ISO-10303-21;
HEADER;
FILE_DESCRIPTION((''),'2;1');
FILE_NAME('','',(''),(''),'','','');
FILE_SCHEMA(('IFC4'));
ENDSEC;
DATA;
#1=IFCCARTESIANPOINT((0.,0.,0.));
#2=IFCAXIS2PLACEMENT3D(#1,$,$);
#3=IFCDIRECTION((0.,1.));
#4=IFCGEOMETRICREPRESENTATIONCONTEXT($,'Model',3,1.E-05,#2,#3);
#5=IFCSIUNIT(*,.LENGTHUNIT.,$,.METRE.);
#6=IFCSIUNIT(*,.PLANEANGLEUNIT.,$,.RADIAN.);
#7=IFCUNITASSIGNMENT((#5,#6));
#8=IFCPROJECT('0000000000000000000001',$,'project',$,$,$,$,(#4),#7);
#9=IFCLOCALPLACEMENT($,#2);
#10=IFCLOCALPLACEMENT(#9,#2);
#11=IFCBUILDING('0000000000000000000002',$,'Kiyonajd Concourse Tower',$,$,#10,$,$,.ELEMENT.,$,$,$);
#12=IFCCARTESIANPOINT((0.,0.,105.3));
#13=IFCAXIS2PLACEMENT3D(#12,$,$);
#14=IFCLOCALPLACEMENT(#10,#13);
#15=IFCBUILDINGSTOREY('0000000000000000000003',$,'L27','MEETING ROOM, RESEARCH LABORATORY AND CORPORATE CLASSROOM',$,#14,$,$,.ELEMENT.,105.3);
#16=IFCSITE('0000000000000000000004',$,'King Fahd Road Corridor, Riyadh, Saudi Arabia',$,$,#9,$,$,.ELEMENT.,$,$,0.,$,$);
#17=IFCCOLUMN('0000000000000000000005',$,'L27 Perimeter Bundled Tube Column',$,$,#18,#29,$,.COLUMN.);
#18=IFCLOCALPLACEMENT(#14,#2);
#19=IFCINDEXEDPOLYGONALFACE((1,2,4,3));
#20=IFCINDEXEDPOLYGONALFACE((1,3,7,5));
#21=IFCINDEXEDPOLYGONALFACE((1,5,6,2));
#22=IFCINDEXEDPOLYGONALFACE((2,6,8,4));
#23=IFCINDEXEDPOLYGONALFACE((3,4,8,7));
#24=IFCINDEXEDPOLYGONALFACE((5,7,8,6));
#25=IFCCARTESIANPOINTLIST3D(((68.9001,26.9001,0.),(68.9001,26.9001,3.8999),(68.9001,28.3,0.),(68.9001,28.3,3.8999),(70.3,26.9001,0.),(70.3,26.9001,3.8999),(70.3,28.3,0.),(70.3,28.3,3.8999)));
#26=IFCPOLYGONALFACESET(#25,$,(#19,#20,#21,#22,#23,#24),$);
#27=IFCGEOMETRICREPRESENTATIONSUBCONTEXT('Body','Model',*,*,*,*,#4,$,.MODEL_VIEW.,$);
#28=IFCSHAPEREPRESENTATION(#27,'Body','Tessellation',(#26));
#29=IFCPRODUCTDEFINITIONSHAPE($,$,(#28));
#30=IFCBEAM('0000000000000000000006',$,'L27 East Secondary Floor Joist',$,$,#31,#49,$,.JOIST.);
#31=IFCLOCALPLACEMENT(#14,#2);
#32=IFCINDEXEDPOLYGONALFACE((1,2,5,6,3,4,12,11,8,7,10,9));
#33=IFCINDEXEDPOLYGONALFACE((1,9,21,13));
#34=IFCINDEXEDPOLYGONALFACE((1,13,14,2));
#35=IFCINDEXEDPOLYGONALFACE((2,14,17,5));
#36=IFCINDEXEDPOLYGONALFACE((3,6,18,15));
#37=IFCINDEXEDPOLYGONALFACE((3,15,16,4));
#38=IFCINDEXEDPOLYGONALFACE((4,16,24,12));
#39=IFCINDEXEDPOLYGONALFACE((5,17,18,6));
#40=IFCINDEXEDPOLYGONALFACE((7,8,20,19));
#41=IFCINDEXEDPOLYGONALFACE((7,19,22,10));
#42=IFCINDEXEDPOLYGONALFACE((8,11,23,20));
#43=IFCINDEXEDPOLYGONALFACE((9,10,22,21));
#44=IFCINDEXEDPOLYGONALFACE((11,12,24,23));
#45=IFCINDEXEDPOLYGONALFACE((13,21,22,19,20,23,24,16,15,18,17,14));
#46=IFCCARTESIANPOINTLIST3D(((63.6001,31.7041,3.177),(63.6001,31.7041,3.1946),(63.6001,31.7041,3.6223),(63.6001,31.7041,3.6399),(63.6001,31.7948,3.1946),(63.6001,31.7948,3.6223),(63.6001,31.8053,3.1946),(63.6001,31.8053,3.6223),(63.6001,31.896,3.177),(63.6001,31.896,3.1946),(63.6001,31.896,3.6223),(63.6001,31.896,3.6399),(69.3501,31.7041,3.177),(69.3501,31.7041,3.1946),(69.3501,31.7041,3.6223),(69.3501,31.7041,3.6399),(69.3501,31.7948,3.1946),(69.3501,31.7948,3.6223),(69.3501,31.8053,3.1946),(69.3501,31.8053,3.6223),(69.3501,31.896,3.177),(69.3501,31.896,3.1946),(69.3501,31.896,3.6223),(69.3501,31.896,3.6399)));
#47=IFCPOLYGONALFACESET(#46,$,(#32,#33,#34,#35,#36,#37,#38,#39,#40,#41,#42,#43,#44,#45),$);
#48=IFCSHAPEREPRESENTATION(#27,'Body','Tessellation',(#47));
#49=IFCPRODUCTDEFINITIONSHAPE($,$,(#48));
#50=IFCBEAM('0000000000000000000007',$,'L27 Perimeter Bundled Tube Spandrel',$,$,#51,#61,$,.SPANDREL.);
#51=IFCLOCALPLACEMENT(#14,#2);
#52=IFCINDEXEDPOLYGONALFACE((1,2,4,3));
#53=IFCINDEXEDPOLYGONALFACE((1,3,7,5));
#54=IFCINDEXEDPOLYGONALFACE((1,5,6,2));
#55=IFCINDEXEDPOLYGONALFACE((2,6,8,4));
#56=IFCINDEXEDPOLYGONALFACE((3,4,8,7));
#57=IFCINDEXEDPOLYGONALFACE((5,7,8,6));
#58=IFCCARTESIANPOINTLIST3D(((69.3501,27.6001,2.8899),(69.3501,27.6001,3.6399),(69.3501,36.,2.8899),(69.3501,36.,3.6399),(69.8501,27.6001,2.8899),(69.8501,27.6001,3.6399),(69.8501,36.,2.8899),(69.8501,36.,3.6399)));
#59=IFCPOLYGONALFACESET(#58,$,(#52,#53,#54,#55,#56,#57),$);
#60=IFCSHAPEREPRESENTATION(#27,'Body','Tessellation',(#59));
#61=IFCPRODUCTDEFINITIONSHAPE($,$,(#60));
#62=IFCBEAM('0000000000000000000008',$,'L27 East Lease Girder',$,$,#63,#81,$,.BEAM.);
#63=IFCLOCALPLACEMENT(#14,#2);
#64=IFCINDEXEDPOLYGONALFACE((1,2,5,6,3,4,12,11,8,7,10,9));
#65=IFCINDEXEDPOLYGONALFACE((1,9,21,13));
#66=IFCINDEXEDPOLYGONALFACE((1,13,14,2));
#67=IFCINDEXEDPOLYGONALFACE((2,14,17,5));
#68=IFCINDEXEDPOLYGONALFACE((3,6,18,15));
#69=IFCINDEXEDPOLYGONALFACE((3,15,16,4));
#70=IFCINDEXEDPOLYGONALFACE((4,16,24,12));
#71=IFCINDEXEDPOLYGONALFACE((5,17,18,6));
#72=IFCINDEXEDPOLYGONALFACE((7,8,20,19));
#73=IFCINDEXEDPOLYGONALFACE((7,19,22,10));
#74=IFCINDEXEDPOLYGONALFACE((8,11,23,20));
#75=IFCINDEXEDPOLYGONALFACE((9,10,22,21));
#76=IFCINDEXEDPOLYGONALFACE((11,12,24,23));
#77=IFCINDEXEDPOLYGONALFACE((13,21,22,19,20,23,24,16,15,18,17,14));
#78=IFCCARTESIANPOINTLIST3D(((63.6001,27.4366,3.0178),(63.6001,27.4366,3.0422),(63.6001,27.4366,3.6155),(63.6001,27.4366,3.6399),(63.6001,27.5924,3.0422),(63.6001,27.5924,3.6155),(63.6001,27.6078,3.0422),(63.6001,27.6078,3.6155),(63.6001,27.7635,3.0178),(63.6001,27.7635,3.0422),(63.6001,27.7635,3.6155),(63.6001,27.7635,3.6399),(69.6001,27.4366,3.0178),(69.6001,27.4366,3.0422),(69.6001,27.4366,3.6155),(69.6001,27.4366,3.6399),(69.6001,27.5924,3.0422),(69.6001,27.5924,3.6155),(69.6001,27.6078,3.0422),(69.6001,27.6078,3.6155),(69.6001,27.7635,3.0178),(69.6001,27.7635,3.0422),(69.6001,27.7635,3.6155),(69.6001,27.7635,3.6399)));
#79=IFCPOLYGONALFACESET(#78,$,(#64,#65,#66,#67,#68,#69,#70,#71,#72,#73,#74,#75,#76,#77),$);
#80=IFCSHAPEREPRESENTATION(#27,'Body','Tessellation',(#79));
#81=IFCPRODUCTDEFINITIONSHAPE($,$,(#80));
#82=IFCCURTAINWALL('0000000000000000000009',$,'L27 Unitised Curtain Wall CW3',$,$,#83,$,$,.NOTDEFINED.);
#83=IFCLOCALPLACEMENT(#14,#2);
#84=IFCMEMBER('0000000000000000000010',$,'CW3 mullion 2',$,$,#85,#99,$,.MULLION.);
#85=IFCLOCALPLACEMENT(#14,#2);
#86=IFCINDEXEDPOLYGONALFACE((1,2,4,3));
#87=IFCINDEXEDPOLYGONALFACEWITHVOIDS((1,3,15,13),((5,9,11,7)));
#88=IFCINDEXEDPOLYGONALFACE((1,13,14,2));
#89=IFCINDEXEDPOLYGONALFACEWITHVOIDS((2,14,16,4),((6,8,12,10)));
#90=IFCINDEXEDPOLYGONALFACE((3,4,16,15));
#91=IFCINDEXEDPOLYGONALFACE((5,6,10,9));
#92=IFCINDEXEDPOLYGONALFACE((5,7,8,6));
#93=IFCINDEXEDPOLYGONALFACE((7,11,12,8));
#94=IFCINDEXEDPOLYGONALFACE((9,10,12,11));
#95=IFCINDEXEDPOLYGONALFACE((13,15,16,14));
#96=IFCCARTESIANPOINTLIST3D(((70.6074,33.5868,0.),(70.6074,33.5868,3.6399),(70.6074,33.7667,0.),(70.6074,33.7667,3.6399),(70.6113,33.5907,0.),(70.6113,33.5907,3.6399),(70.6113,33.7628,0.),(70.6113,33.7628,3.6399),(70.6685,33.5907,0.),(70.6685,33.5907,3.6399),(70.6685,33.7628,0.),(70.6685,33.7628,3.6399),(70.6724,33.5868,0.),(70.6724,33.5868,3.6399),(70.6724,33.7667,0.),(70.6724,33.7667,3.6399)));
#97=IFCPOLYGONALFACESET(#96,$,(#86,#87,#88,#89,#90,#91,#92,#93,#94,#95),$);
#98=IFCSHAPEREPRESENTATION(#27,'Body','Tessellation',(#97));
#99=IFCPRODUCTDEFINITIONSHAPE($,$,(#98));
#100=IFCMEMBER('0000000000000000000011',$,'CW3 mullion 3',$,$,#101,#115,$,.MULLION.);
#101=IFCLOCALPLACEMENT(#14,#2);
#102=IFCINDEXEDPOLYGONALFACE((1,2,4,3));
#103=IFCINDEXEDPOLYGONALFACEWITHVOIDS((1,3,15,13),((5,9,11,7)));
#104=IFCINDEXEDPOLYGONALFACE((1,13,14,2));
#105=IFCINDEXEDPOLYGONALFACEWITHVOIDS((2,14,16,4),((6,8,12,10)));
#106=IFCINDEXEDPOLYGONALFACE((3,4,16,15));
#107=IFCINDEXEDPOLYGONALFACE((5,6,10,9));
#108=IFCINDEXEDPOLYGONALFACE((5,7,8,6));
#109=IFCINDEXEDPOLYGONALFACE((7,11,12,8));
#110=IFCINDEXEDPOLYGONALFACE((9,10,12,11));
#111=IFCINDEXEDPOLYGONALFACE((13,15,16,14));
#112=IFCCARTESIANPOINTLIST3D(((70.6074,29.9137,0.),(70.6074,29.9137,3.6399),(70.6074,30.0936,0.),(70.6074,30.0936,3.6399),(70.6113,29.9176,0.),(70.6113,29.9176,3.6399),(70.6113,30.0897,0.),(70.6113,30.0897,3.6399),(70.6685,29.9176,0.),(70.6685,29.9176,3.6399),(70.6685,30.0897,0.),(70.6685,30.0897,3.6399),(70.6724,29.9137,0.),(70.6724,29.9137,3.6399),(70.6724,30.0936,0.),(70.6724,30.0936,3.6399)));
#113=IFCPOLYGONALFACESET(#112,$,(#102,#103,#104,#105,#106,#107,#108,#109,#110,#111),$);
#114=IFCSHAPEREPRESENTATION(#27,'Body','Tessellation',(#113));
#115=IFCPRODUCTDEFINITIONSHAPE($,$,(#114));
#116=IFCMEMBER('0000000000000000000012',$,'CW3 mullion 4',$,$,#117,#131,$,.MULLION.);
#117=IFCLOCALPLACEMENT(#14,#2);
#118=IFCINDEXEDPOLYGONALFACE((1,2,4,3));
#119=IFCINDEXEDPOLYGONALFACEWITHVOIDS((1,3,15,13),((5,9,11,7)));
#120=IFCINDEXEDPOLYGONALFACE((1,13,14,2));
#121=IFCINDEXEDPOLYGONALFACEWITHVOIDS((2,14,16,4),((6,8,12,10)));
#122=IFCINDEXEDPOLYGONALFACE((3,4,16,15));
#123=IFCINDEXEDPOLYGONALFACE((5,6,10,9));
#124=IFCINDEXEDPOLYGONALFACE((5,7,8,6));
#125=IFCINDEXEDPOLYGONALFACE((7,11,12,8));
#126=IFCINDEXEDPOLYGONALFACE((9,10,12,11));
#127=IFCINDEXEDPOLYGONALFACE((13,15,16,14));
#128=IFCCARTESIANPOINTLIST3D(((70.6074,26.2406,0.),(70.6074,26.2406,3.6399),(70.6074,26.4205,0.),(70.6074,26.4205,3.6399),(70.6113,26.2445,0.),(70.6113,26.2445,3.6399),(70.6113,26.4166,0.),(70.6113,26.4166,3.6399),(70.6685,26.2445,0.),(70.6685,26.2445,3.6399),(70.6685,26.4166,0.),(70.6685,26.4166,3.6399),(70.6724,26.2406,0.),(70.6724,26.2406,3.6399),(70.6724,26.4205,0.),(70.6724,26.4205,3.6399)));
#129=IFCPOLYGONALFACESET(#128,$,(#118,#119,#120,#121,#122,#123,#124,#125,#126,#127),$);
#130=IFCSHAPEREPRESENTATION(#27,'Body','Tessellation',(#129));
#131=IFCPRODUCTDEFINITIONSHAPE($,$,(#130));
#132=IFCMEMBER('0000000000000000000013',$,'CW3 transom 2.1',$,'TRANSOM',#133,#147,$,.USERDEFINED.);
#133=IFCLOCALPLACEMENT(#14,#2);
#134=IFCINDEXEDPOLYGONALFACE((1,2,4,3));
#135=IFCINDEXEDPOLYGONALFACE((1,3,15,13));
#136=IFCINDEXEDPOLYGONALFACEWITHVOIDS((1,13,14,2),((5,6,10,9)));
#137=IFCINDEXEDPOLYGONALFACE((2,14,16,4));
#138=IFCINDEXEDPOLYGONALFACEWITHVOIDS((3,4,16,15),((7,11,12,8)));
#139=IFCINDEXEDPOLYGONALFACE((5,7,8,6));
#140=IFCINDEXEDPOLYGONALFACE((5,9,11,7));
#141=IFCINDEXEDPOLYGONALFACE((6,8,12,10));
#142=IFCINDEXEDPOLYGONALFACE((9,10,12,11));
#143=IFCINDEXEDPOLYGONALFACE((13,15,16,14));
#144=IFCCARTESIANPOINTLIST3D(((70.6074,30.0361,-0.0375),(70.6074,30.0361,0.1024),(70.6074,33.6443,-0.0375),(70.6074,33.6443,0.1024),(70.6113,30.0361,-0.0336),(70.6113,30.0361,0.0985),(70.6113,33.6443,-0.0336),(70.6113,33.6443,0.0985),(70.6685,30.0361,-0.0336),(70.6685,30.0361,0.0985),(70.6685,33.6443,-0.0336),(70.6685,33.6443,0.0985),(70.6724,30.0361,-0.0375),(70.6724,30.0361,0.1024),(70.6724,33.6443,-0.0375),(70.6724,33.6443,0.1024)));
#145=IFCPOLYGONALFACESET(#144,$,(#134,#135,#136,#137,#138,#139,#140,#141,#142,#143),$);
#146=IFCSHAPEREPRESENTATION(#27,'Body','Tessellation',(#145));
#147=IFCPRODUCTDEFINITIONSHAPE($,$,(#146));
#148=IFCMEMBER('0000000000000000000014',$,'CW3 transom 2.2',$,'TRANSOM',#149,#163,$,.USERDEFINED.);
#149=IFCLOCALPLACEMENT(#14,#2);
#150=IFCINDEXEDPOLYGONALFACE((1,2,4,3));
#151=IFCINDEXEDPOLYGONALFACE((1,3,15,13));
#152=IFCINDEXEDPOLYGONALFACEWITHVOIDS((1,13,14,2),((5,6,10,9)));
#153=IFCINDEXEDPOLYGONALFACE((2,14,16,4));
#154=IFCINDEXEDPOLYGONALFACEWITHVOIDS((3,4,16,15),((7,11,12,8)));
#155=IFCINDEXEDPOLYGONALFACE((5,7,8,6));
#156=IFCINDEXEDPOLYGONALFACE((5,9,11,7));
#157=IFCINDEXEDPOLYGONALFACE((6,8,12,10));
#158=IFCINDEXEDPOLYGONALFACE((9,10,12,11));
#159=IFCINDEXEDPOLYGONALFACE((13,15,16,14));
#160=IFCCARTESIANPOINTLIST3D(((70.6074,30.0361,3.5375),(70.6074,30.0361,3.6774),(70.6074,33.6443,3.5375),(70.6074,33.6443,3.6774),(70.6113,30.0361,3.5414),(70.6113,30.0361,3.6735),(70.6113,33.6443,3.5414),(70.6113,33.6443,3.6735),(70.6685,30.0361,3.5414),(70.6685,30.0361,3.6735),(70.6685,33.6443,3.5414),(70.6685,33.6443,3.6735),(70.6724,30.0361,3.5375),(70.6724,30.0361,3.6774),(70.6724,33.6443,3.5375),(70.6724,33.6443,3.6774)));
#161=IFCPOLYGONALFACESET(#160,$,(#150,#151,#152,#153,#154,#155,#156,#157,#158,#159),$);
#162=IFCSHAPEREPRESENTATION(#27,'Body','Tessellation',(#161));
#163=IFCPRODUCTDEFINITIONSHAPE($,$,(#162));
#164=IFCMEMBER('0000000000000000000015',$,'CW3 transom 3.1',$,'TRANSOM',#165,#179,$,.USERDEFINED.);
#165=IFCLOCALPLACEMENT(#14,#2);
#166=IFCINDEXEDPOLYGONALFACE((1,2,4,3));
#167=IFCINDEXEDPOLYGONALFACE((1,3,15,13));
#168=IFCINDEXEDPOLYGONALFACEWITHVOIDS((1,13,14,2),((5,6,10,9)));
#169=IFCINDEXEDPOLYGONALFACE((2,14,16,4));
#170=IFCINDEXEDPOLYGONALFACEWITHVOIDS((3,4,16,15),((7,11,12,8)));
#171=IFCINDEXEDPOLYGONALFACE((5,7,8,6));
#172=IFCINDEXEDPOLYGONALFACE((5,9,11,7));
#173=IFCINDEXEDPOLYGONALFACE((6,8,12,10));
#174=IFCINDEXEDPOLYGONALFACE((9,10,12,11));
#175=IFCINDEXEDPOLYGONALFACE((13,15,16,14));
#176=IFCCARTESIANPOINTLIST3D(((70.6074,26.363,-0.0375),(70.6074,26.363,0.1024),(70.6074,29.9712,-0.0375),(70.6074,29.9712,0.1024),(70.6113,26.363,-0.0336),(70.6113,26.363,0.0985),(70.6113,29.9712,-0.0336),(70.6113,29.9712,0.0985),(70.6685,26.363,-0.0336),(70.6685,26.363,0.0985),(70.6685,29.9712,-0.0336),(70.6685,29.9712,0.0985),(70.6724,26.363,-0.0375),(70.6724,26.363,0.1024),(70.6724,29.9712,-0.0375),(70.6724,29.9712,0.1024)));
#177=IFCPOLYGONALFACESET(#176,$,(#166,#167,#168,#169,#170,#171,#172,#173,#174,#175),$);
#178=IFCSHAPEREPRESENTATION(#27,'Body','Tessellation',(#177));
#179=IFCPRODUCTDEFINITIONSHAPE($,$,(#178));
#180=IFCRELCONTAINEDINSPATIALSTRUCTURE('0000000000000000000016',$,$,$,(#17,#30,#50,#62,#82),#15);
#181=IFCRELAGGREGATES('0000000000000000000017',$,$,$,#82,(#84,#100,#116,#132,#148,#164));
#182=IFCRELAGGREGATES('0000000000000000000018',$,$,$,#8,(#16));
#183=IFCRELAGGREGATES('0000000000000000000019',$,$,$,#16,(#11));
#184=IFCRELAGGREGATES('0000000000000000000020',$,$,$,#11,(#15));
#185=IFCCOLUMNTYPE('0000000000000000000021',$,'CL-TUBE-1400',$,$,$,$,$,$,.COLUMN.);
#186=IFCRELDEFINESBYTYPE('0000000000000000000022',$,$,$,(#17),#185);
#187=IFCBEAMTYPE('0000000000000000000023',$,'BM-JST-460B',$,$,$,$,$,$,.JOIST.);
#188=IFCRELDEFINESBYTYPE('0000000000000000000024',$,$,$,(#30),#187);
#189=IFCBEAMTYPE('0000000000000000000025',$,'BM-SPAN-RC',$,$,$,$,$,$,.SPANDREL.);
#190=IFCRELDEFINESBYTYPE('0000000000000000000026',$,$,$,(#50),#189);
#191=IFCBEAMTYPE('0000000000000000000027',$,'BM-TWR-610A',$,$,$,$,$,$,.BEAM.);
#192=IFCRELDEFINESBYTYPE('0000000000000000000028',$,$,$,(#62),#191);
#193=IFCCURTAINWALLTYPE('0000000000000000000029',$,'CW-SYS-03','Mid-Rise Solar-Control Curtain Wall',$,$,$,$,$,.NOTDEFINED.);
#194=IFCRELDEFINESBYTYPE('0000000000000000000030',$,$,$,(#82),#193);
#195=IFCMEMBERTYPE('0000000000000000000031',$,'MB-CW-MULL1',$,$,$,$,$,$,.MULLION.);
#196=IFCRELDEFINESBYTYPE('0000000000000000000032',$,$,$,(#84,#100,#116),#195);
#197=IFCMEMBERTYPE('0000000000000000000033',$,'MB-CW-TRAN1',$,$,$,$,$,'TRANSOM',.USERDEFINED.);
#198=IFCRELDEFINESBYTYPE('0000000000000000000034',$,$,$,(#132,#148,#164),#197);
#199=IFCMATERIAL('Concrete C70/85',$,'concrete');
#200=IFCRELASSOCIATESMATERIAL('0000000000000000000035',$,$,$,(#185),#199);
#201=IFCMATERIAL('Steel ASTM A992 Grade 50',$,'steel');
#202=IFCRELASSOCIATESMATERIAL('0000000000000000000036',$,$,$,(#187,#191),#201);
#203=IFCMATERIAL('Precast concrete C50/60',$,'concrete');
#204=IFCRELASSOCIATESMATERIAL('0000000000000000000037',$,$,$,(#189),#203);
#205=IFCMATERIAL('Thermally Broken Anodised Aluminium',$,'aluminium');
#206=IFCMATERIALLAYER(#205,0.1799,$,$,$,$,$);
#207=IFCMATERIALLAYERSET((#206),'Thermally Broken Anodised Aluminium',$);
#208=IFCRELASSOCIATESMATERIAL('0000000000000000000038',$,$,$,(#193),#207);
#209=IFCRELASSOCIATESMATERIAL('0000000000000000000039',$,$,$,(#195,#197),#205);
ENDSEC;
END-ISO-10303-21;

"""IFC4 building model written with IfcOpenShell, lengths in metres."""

from ifc_helpers import new_model, si_unit, direction, frame, origin, origin_2d, place, context, subcontext, project, spatial, rectangle, hollow_rectangle, i_section, extrude, material, layer, layer_set, material_profile, profile_set, type_object, element, aggregate, save


model = new_model("IFC4")

# Units and contexts
model_context = context("Model", 3, precision=1e-05, world=origin(), true_north=direction((0.0, 1.0)))
body_context = subcontext(model_context, "Body", "Model", "MODEL_VIEW")
ifc_project = project(units=[si_unit("LENGTHUNIT", "METRE"), si_unit("PLANEANGLEUNIT", "RADIAN")], contexts=[model_context])

# Site, building, storey
site_placement = place(None, origin())
site = spatial("IfcSite", under=ifc_project, at=site_placement, Name="King Fahd Road Corridor, Riyadh, Saudi Arabia", CompositionType="ELEMENT", RefElevation=0.0)
building_placement = place(site_placement, origin())
building = spatial("IfcBuilding", under=site, at=building_placement, Name="Kiyonajd Concourse Tower", CompositionType="ELEMENT")
storey_placement = place(building_placement, frame((0.0, 0.0, 105.3)))
storey = spatial("IfcBuildingStorey", under=building, at=storey_placement, Name="L27", Description="MEETING ROOM, RESEARCH LABORATORY AND CORPORATE CLASSROOM", CompositionType="ELEMENT", Elevation=105.3)

# Column
ifc_material_1 = material(Name="Concrete C70/85", Category="concrete")
ifc_material_profile_1 = material_profile(ifc_material_1, rectangle(XDim=1.3999, YDim=1.3999, at=origin_2d()), Name="RC-1400x1400")
ifc_profile_set_1 = profile_set([ifc_material_profile_1], Name="Concrete C70/85")
column_type = type_object("IfcColumnType", Name="CL-TUBE-1400", PredefinedType="COLUMN", material=ifc_profile_set_1)
column_placement = place(storey_placement, frame((69.6001, 27.6001, 0.0), z_axis=(0.0, 0.0, 1.0), x_axis=(1.0, 0.0, 0.0)))
element("IfcColumn", 1, at=column_placement, inside=storey, type_object=column_type, Name="L27 Perimeter Bundled Tube Column", PredefinedType="COLUMN", context=body_context, shape_type="SweptSolid", body=[
    extrude(rectangle(XDim=1.3999, YDim=1.3999, at=origin_2d()), origin(), (0.0, 0.0, 1.0), 3.8999),
])

# Beams
ifc_material_2 = material(Name="Steel ASTM A992 Grade 50", Category="steel")
ifc_material_profile_2 = material_profile(ifc_material_2, i_section(OverallWidth=0.1919, OverallDepth=0.4629, WebThickness=0.0105, FlangeThickness=0.0176, at=origin_2d()), Name="W460X89")
ifc_profile_set_2 = profile_set([ifc_material_profile_2], Name="Steel ASTM A992 Grade 50")
beam_type_1 = type_object("IfcBeamType", Name="BM-JST-460B", PredefinedType="JOIST", material=ifc_profile_set_2)
beam_1_placement = place(storey_placement, frame((63.6001, 31.8, 3.4084), z_axis=(1.0, 0.0, 0.0), x_axis=(0.0, 1.0, 0.0)))
element("IfcBeam", 2, at=beam_1_placement, inside=storey, type_object=beam_type_1, Name="L27 East Secondary Floor Joist", PredefinedType="JOIST", context=body_context, shape_type="SweptSolid", body=[
    extrude(i_section(OverallWidth=0.1919, OverallDepth=0.4629, WebThickness=0.0105, FlangeThickness=0.0176, at=origin_2d()), origin(), (0.0, 0.0, 1.0), 5.75),
])
ifc_material_3 = material(Name="Precast concrete C50/60", Category="concrete")
ifc_material_profile_3 = material_profile(ifc_material_3, rectangle(XDim=0.5, YDim=0.75, at=origin_2d()), Name="RCBM-500x750")
ifc_profile_set_3 = profile_set([ifc_material_profile_3], Name="Precast concrete C50/60")
beam_type_2 = type_object("IfcBeamType", Name="BM-SPAN-RC", PredefinedType="SPANDREL", material=ifc_profile_set_3)
beam_2_placement = place(storey_placement, frame((69.6001, 27.6001, 3.2649), z_axis=(0.0, 1.0, 0.0), x_axis=(-1.0, 0.0, 0.0)))
element("IfcBeam", 3, at=beam_2_placement, inside=storey, type_object=beam_type_2, Name="L27 Perimeter Bundled Tube Spandrel", PredefinedType="SPANDREL", context=body_context, shape_type="SweptSolid", body=[
    extrude(rectangle(XDim=0.5, YDim=0.75, at=origin_2d()), origin(), (0.0, 0.0, 1.0), 8.3999),
])
ifc_material_profile_4 = material_profile(ifc_material_2, i_section(OverallWidth=0.3269, OverallDepth=0.6221, WebThickness=0.0154, FlangeThickness=0.0244, at=origin_2d()), Name="W610X195")
ifc_profile_set_4 = profile_set([ifc_material_profile_4], Name="Steel ASTM A992 Grade 50")
beam_type_3 = type_object("IfcBeamType", Name="BM-TWR-610A", PredefinedType="BEAM", material=ifc_profile_set_4)
beam_3_placement = place(storey_placement, frame((63.6001, 27.6001, 3.3289), z_axis=(1.0, 0.0, 0.0), x_axis=(0.0, 1.0, 0.0)))
element("IfcBeam", 4, at=beam_3_placement, inside=storey, type_object=beam_type_3, Name="L27 East Lease Girder", PredefinedType="BEAM", context=body_context, shape_type="SweptSolid", body=[
    extrude(i_section(OverallWidth=0.3269, OverallDepth=0.6221, WebThickness=0.0154, FlangeThickness=0.0244, at=origin_2d()), origin(), (0.0, 0.0, 1.0), 6.0),
])

# Curtain wall, members
ifc_material_4 = material(Name="Thermally Broken Anodised Aluminium", Category="aluminium")
ifc_layer_1 = layer(ifc_material_4, 0.1799)
ifc_layer_set_1 = layer_set([ifc_layer_1], Name="Thermally Broken Anodised Aluminium")
curtain_wall_type = type_object("IfcCurtainWallType", Name="CW-SYS-03", Description="Mid-Rise Solar-Control Curtain Wall", PredefinedType="NOTDEFINED", material=ifc_layer_set_1)
curtain_wall_placement = place(storey_placement, origin())
curtain_wall = element("IfcCurtainWall", 5, at=curtain_wall_placement, inside=storey, type_object=curtain_wall_type, Name="L27 Unitised Curtain Wall CW3", PredefinedType="NOTDEFINED")
ifc_material_profile_5 = material_profile(ifc_material_4, hollow_rectangle(XDim=0.0649, YDim=0.1799, WallThickness=0.0039, at=origin_2d()), Name="MULL-65x180")
ifc_profile_set_5 = profile_set([ifc_material_profile_5], Name="Thermally Broken Anodised Aluminium")
member_type_1 = type_object("IfcMemberType", Name="MB-CW-MULL1", PredefinedType="MULLION", material=ifc_profile_set_5)
member_1_placement = place(storey_placement, frame((70.6399, 33.6768, 0.0), z_axis=(0.0, 0.0, 1.0), x_axis=(1.0, 0.0, 0.0)))
member_1 = element("IfcMember", 6, at=member_1_placement, type_object=member_type_1, Name="CW3 mullion 2", PredefinedType="MULLION", context=body_context, shape_type="SweptSolid", body=[
    extrude(hollow_rectangle(XDim=0.0649, YDim=0.1799, WallThickness=0.0039, at=origin_2d()), origin(), (0.0, 0.0, 1.0), 3.6399),
])
member_2_placement = place(storey_placement, frame((70.6399, 30.0037, 0.0), z_axis=(0.0, 0.0, 1.0), x_axis=(1.0, 0.0, 0.0)))
member_2 = element("IfcMember", 7, at=member_2_placement, type_object=member_type_1, Name="CW3 mullion 3", PredefinedType="MULLION", context=body_context, shape_type="SweptSolid", body=[
    extrude(hollow_rectangle(XDim=0.0649, YDim=0.1799, WallThickness=0.0039, at=origin_2d()), origin(), (0.0, 0.0, 1.0), 3.6399),
])
member_3_placement = place(storey_placement, frame((70.6399, 26.3306, 0.0), z_axis=(0.0, 0.0, 1.0), x_axis=(1.0, 0.0, 0.0)))
member_3 = element("IfcMember", 8, at=member_3_placement, type_object=member_type_1, Name="CW3 mullion 4", PredefinedType="MULLION", context=body_context, shape_type="SweptSolid", body=[
    extrude(hollow_rectangle(XDim=0.0649, YDim=0.1799, WallThickness=0.0039, at=origin_2d()), origin(), (0.0, 0.0, 1.0), 3.6399),
])
ifc_material_profile_6 = material_profile(ifc_material_4, hollow_rectangle(XDim=0.0649, YDim=0.1399, WallThickness=0.0039, at=origin_2d()), Name="TRAN-65x140")
ifc_profile_set_6 = profile_set([ifc_material_profile_6], Name="Thermally Broken Anodised Aluminium")
member_type_2 = type_object("IfcMemberType", Name="MB-CW-TRAN1", ElementType="TRANSOM", PredefinedType="USERDEFINED", material=ifc_profile_set_6)
member_4_placement = place(storey_placement, frame((70.6399, 33.6443, 0.0325), z_axis=(0.0, -1.0, 0.0), x_axis=(1.0, 0.0, 0.0)))
member_4 = element("IfcMember", 9, at=member_4_placement, type_object=member_type_2, Name="CW3 transom 2.1", ObjectType="TRANSOM", PredefinedType="USERDEFINED", context=body_context, shape_type="SweptSolid", body=[
    extrude(hollow_rectangle(XDim=0.0649, YDim=0.1399, WallThickness=0.0039, at=origin_2d()), origin(), (0.0, 0.0, 1.0), 3.6082),
])
member_5_placement = place(storey_placement, frame((70.6399, 33.6443, 3.6074), z_axis=(0.0, -1.0, 0.0), x_axis=(1.0, 0.0, 0.0)))
member_5 = element("IfcMember", 10, at=member_5_placement, type_object=member_type_2, Name="CW3 transom 2.2", ObjectType="TRANSOM", PredefinedType="USERDEFINED", context=body_context, shape_type="SweptSolid", body=[
    extrude(hollow_rectangle(XDim=0.0649, YDim=0.1399, WallThickness=0.0039, at=origin_2d()), origin(), (0.0, 0.0, 1.0), 3.6082),
])
member_6_placement = place(storey_placement, frame((70.6399, 29.9712, 0.0325), z_axis=(0.0, -1.0, 0.0), x_axis=(1.0, 0.0, 0.0)))
member_6 = element("IfcMember", 11, at=member_6_placement, type_object=member_type_2, Name="CW3 transom 3.1", ObjectType="TRANSOM", PredefinedType="USERDEFINED", context=body_context, shape_type="SweptSolid", body=[
    extrude(hollow_rectangle(XDim=0.0649, YDim=0.1399, WallThickness=0.0039, at=origin_2d()), origin(), (0.0, 0.0, 1.0), 3.6082),
])
aggregate(curtain_wall, [member_1, member_2, member_3, member_4, member_5, member_6])

save(model, "model.ifc")
